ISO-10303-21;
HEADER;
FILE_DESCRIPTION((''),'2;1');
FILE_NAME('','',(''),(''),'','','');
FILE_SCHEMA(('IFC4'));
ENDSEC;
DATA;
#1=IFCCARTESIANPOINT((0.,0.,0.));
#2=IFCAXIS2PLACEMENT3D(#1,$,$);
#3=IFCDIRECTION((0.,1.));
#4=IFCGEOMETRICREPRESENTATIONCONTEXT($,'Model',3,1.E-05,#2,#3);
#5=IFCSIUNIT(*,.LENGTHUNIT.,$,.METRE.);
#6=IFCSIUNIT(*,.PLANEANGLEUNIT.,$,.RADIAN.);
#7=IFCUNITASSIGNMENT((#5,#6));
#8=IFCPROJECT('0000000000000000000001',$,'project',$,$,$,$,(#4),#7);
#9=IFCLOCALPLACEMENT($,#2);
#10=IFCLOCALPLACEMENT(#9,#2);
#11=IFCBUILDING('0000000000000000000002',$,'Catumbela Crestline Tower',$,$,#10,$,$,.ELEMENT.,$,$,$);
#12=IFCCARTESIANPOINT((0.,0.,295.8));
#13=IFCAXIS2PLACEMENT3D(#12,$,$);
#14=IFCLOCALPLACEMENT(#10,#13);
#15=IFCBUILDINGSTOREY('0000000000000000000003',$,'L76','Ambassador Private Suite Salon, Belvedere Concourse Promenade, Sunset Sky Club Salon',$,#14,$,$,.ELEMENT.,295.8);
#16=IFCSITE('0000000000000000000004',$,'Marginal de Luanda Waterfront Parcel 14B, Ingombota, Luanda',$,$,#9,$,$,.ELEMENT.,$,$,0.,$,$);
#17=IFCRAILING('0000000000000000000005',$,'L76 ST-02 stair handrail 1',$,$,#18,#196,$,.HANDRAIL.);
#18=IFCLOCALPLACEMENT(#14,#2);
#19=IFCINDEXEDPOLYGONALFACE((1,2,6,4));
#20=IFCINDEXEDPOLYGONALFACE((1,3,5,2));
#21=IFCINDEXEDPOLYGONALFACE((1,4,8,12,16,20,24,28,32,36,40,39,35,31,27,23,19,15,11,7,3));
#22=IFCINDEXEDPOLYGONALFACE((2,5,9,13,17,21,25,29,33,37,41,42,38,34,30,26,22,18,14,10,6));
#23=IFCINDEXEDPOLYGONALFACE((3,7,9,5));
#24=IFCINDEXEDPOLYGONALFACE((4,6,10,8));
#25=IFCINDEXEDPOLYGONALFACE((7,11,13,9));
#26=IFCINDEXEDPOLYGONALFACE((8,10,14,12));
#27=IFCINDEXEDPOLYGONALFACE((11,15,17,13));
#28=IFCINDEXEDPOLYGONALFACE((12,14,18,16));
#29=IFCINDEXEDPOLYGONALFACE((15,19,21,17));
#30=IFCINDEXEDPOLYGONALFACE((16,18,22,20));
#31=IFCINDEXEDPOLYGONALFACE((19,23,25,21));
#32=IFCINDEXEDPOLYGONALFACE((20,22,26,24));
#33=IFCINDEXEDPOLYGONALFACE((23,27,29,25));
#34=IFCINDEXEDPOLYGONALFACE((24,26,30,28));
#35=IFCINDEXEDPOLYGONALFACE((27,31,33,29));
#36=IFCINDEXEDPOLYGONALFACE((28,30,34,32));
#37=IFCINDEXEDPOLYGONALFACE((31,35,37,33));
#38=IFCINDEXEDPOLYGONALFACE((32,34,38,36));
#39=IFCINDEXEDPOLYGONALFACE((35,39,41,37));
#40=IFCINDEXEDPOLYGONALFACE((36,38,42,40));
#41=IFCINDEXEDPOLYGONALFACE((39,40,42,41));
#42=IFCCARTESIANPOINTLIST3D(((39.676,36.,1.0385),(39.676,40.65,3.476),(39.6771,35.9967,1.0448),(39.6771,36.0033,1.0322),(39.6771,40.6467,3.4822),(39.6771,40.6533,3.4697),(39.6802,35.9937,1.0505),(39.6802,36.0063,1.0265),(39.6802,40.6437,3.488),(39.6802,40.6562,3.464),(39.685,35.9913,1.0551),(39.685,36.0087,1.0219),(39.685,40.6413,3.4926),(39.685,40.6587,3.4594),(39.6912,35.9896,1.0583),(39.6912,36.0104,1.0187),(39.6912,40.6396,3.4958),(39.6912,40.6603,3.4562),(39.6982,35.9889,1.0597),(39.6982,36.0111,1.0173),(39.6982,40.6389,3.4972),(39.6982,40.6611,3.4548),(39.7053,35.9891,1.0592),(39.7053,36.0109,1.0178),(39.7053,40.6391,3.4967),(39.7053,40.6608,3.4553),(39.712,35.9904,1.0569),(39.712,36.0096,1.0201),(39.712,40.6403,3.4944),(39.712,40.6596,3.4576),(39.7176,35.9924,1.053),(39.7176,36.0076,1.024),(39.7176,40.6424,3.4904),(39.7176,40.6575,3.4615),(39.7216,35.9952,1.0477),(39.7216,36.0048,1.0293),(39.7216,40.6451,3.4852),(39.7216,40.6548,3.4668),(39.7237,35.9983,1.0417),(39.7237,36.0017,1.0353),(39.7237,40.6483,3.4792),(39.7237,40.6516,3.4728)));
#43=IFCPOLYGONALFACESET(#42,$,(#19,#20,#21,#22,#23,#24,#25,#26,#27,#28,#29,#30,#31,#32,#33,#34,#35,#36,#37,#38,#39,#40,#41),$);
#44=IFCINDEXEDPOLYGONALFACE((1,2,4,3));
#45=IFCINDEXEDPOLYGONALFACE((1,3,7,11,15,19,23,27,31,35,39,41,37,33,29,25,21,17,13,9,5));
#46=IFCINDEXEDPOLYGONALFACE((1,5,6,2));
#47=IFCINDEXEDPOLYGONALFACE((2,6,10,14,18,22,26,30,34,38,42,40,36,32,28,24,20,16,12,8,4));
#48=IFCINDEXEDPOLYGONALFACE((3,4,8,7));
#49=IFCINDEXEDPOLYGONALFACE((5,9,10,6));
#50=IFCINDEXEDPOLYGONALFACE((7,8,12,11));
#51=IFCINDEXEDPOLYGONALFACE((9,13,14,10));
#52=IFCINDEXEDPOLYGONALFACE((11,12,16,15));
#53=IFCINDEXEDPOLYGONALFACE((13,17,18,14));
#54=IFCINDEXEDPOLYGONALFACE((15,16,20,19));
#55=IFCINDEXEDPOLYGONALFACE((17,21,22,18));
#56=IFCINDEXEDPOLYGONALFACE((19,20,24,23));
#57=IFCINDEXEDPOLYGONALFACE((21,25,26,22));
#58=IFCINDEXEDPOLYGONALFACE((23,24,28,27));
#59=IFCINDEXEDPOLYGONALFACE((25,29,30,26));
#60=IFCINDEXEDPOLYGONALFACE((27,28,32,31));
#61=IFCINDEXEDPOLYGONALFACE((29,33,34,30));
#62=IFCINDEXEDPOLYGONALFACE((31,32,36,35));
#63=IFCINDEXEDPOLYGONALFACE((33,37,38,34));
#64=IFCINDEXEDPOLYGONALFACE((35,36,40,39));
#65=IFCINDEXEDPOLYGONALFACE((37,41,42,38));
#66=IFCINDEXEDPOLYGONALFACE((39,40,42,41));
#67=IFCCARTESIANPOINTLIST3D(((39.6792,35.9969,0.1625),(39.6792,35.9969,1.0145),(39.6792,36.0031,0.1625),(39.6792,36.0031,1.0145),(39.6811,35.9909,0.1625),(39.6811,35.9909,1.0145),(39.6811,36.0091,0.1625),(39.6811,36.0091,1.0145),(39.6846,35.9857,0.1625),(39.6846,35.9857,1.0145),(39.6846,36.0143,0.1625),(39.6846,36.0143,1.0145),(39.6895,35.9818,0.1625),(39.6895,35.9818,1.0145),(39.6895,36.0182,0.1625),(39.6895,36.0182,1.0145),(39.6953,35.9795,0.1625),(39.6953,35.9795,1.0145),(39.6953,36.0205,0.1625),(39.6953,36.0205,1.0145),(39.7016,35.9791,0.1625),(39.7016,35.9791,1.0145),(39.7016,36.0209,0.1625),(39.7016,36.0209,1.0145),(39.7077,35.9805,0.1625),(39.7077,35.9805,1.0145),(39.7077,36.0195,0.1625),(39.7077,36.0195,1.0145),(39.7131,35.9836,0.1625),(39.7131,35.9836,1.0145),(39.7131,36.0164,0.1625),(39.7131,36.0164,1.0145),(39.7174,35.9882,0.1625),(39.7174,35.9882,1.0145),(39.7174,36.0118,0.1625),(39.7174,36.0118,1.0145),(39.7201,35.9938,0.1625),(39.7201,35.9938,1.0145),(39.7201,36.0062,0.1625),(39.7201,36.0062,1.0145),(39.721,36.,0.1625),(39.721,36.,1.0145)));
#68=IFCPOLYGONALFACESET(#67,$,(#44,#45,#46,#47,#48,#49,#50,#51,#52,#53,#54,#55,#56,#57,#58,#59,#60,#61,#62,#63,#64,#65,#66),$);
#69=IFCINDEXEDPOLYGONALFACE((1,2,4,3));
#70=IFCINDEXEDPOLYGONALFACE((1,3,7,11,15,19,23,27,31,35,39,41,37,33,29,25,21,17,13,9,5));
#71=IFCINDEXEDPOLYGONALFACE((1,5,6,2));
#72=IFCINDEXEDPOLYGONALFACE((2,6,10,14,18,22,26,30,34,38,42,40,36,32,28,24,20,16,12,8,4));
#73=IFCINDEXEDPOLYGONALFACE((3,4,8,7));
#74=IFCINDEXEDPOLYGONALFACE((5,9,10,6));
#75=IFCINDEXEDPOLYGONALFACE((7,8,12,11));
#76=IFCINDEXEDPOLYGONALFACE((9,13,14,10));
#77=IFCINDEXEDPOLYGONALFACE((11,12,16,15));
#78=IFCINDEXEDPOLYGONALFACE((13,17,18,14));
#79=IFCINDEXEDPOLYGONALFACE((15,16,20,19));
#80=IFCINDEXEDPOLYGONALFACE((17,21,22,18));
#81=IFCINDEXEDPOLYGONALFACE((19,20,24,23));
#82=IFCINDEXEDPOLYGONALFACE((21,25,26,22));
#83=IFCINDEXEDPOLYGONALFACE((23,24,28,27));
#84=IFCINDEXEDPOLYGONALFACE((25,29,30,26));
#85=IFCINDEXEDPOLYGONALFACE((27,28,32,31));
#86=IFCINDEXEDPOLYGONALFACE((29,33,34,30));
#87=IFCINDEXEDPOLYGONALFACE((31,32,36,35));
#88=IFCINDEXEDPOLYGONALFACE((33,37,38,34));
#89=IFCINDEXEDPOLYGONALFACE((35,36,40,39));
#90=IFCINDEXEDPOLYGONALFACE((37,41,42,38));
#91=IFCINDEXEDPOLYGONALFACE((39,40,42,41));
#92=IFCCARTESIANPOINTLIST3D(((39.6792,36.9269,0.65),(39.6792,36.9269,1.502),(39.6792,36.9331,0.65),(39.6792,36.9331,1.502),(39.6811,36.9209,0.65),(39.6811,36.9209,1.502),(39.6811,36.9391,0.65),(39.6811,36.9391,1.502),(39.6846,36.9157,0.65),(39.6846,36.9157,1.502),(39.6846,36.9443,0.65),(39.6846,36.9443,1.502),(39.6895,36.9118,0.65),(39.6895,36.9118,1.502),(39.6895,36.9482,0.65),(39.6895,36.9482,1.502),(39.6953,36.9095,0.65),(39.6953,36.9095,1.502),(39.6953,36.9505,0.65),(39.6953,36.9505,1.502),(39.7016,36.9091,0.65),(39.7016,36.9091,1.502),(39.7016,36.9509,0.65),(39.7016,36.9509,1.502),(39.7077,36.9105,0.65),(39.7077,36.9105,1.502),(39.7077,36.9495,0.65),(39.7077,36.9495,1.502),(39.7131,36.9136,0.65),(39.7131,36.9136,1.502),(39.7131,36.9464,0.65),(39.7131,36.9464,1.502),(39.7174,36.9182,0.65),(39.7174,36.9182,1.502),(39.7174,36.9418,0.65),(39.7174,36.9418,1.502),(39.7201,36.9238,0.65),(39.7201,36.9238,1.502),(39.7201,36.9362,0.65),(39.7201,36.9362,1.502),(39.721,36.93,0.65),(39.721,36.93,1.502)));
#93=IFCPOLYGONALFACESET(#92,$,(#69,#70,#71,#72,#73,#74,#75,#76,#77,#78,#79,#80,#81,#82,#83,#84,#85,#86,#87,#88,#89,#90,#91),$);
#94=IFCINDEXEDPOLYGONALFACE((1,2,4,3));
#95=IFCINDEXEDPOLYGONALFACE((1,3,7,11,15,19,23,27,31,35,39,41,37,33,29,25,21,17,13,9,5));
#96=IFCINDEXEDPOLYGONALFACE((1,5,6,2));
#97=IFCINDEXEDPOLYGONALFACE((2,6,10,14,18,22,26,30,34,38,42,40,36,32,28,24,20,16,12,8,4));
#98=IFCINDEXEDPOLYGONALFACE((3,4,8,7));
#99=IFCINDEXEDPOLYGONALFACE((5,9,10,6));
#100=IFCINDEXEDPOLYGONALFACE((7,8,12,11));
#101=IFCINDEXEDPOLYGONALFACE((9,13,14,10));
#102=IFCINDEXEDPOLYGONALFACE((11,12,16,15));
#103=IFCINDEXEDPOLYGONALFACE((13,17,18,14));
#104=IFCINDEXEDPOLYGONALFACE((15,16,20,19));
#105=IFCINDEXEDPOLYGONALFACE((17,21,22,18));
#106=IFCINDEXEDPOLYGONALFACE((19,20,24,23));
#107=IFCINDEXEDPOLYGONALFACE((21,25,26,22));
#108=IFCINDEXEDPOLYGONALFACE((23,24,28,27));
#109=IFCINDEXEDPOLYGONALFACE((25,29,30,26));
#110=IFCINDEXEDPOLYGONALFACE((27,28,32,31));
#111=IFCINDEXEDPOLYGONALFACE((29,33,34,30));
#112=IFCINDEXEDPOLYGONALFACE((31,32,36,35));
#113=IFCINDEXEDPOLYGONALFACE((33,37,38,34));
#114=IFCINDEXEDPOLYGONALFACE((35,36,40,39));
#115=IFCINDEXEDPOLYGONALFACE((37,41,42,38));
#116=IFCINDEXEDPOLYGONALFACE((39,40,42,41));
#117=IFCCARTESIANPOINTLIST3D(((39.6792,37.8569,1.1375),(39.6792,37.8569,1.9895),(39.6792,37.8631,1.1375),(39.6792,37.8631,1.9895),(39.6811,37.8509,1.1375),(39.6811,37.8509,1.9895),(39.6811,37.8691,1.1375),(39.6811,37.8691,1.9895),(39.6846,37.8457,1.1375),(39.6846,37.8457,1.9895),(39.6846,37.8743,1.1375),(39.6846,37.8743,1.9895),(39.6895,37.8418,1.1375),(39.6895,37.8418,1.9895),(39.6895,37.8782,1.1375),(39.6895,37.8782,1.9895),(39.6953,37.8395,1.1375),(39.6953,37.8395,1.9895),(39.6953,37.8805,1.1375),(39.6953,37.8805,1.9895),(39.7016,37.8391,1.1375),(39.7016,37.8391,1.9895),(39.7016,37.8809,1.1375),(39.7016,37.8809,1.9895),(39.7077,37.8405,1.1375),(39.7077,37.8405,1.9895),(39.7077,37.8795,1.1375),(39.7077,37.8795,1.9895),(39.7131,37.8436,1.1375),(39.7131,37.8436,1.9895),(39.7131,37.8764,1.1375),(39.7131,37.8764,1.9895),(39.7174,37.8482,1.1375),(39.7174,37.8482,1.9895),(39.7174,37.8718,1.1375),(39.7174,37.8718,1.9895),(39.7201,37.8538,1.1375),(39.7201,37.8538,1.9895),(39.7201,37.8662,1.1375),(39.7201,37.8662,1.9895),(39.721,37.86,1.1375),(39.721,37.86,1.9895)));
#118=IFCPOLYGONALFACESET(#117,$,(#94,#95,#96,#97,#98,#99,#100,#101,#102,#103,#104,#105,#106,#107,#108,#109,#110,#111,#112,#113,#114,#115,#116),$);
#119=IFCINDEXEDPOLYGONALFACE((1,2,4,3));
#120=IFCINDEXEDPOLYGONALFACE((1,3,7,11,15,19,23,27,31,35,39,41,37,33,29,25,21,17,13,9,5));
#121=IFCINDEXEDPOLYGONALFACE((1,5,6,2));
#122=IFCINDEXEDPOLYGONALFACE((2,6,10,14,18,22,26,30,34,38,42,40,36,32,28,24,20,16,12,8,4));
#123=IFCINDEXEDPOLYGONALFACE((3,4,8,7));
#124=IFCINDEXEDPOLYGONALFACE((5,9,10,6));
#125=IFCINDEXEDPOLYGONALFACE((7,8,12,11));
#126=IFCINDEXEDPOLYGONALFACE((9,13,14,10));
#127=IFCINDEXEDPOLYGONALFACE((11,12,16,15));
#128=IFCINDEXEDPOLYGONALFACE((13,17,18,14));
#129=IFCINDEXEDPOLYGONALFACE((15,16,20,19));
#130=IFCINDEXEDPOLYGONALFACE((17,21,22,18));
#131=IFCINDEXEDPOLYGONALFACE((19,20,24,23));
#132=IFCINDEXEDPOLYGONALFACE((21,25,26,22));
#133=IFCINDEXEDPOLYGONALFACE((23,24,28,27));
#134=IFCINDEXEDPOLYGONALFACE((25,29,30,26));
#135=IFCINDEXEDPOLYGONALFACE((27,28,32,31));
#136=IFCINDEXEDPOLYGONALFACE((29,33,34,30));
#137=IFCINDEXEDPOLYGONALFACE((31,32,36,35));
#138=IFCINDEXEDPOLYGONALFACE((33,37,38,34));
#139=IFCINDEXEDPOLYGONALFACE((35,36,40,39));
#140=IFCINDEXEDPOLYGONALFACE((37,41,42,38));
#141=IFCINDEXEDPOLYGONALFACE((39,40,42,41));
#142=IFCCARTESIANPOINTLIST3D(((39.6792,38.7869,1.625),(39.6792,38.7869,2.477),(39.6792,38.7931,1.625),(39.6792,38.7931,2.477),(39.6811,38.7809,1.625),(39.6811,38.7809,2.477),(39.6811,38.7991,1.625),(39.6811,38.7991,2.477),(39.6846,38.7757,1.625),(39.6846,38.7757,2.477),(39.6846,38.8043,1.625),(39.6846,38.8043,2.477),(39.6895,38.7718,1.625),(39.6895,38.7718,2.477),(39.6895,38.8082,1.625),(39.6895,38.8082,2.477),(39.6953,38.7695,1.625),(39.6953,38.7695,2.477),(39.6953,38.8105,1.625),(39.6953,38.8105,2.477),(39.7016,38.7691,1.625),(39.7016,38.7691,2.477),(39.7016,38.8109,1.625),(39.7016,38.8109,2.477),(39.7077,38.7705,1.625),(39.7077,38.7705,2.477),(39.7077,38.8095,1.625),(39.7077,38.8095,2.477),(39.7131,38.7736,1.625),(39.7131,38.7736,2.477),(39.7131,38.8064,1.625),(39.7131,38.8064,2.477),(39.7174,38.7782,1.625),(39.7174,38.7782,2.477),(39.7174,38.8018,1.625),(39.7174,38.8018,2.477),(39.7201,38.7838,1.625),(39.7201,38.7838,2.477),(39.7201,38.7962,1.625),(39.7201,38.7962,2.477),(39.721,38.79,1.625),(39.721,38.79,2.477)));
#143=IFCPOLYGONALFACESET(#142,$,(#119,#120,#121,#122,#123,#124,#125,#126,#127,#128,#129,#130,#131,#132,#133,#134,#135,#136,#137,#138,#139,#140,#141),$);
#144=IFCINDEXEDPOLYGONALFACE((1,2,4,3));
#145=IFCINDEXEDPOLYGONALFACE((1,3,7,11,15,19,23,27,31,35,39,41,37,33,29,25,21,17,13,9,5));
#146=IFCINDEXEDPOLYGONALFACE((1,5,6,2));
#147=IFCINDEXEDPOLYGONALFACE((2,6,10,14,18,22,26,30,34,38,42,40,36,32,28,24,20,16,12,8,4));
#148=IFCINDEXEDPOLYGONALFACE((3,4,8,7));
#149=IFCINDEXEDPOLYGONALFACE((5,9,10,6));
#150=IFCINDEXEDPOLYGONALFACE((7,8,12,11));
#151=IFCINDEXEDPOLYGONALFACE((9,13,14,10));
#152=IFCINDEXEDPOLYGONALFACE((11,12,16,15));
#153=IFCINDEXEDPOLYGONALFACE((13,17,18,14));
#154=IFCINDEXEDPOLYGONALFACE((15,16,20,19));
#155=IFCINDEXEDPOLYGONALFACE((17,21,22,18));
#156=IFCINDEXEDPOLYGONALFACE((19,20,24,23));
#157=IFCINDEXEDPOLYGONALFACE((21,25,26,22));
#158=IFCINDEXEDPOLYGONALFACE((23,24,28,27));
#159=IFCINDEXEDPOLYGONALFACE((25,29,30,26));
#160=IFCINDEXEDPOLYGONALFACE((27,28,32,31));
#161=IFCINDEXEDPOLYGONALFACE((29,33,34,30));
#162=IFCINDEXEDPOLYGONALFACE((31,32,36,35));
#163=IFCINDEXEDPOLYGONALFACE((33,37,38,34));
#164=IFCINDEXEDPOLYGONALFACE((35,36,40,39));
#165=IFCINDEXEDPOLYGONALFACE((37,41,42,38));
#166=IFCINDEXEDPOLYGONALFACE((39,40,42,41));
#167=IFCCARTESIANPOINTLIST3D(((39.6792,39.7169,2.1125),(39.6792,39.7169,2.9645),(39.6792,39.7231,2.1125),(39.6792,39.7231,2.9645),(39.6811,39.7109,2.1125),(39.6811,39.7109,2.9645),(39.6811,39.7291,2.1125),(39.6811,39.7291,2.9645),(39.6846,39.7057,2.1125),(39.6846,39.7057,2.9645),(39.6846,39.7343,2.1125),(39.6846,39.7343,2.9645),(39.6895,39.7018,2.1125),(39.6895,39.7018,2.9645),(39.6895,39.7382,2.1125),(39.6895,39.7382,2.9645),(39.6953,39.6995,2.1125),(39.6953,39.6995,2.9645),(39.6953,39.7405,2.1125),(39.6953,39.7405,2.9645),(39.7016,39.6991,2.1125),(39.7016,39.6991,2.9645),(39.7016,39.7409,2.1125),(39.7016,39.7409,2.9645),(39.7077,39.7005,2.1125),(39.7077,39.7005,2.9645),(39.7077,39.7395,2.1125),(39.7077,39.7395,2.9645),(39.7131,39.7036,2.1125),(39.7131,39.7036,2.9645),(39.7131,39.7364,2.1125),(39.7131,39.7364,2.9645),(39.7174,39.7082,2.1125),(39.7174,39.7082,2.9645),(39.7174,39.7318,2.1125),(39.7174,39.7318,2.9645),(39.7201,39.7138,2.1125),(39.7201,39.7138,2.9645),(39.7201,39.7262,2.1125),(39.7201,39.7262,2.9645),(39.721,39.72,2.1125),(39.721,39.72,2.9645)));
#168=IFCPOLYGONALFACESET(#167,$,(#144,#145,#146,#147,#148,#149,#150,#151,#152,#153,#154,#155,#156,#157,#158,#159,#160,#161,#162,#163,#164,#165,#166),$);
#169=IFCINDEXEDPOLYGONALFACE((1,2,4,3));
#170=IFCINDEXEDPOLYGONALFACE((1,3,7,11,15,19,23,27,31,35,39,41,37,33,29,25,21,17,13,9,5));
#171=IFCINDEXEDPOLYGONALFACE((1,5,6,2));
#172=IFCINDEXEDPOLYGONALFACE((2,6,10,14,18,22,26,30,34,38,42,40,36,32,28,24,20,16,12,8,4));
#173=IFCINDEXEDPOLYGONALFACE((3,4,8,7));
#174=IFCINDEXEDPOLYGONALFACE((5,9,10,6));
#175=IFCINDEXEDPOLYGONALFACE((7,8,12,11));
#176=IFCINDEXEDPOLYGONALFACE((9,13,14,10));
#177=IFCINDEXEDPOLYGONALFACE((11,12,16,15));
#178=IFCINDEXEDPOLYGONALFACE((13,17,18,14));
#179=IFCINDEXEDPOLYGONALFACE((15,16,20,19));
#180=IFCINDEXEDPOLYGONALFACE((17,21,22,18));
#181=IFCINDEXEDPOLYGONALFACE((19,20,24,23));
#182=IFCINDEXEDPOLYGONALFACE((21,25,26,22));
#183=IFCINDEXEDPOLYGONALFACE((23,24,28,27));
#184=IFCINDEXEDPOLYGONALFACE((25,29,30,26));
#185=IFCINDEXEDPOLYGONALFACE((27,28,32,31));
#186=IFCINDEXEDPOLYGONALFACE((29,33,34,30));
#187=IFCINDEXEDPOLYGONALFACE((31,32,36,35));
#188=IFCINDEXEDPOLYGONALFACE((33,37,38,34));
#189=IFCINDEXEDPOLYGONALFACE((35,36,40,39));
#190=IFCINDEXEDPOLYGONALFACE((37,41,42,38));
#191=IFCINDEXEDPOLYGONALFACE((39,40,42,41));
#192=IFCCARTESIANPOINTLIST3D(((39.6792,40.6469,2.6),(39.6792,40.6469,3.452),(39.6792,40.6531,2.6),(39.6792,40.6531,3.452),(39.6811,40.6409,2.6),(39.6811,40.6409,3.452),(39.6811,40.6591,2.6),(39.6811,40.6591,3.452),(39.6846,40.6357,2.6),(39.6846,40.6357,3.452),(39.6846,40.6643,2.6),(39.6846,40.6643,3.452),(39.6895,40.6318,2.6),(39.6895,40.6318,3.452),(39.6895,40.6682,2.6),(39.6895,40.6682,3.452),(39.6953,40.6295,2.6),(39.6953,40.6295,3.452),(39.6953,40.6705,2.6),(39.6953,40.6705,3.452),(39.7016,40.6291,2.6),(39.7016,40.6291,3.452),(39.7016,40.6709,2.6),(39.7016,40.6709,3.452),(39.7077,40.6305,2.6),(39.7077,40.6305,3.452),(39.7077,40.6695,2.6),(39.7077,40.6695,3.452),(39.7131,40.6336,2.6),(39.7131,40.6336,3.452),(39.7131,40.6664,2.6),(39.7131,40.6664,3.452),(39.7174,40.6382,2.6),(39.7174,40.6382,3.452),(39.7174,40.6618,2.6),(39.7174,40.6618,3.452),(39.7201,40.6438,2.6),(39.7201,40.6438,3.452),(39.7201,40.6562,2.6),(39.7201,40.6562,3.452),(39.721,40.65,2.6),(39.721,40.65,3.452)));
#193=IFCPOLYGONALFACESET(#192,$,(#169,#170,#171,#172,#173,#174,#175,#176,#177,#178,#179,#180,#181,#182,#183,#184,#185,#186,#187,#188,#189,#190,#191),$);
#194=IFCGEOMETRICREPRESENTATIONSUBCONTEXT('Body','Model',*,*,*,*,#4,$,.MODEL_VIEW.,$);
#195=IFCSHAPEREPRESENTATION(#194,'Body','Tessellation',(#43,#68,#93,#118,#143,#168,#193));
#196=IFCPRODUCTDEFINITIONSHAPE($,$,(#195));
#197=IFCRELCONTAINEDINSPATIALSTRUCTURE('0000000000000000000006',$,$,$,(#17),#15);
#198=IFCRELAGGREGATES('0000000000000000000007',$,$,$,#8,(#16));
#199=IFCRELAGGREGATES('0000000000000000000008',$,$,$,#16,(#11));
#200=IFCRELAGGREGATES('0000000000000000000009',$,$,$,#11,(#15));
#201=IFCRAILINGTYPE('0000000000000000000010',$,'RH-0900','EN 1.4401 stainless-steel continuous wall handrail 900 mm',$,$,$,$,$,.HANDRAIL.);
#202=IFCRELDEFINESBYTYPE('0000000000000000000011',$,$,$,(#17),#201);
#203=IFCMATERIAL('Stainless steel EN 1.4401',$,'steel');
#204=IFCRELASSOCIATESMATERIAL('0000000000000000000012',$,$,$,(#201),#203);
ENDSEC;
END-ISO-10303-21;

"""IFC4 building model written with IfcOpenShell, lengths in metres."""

from ifc_helpers import new_model, si_unit, direction, frame, origin, origin_2d, place, context, subcontext, project, spatial, circle, extrude, material, type_object, element, save


model = new_model("IFC4")

# Units and contexts
model_context = context("Model", 3, precision=1e-05, world=origin(), true_north=direction((0.0, 1.0)))
body_context = subcontext(model_context, "Body", "Model", "MODEL_VIEW")
ifc_project = project(units=[si_unit("LENGTHUNIT", "METRE"), si_unit("PLANEANGLEUNIT", "RADIAN")], contexts=[model_context])

# Site, building, storey
site_placement = place(None, origin())
site = spatial("IfcSite", under=ifc_project, at=site_placement, Name="Marginal de Luanda Waterfront Parcel 14B, Ingombota, Luanda", CompositionType="ELEMENT", RefElevation=0.0)
building_placement = place(site_placement, origin())
building = spatial("IfcBuilding", under=site, at=building_placement, Name="Catumbela Crestline Tower", CompositionType="ELEMENT")
storey_placement = place(building_placement, frame((0.0, 0.0, 295.8)))
storey = spatial("IfcBuildingStorey", under=building, at=storey_placement, Name="L76", Description="Ambassador Private Suite Salon, Belvedere Concourse Promenade, Sunset Sky Club Salon", CompositionType="ELEMENT", Elevation=295.8)

# Railing
ifc_material_1 = material(Name="Stainless steel EN 1.4401", Category="steel")
railing_type_1 = type_object("IfcRailingType", Name="RH-0900", Description="EN 1.4401 stainless-steel continuous wall handrail 900 mm", PredefinedType="HANDRAIL", material=ifc_material_1)
railing_1_placement = place(storey_placement, frame((39.7, 36.0, 0.1625)))
element("IfcRailing", 1, at=railing_1_placement, inside=storey, type_object=railing_type_1, Name="L76 ST-02 stair handrail 1", PredefinedType="HANDRAIL", context=body_context, shape_type="SweptSolid", body=[
    extrude(circle(Radius=0.024, at=origin_2d()), frame((0.0, 0.0, 0.876), z_axis=(0.0, 0.885692, 0.464274), x_axis=(-1.0, 0.0, 0.0)), (0.0, 0.0, 1.0), 5.2501),
    extrude(circle(Radius=0.021, at=origin_2d()), origin(), (0.0, 0.0, 1.0), 0.852),
    extrude(circle(Radius=0.021, at=origin_2d()), frame((0.0, 0.93, 0.4875)), (0.0, 0.0, 1.0), 0.852),
    extrude(circle(Radius=0.021, at=origin_2d()), frame((0.0, 1.86, 0.975)), (0.0, 0.0, 1.0), 0.852),
    extrude(circle(Radius=0.021, at=origin_2d()), frame((0.0, 2.79, 1.4625)), (0.0, 0.0, 1.0), 0.852),
    extrude(circle(Radius=0.021, at=origin_2d()), frame((0.0, 3.72, 1.95)), (0.0, 0.0, 1.0), 0.852),
    extrude(circle(Radius=0.021, at=origin_2d()), frame((0.0, 4.65, 2.4375)), (0.0, 0.0, 1.0), 0.852),
])

save(model, "model.ifc")
